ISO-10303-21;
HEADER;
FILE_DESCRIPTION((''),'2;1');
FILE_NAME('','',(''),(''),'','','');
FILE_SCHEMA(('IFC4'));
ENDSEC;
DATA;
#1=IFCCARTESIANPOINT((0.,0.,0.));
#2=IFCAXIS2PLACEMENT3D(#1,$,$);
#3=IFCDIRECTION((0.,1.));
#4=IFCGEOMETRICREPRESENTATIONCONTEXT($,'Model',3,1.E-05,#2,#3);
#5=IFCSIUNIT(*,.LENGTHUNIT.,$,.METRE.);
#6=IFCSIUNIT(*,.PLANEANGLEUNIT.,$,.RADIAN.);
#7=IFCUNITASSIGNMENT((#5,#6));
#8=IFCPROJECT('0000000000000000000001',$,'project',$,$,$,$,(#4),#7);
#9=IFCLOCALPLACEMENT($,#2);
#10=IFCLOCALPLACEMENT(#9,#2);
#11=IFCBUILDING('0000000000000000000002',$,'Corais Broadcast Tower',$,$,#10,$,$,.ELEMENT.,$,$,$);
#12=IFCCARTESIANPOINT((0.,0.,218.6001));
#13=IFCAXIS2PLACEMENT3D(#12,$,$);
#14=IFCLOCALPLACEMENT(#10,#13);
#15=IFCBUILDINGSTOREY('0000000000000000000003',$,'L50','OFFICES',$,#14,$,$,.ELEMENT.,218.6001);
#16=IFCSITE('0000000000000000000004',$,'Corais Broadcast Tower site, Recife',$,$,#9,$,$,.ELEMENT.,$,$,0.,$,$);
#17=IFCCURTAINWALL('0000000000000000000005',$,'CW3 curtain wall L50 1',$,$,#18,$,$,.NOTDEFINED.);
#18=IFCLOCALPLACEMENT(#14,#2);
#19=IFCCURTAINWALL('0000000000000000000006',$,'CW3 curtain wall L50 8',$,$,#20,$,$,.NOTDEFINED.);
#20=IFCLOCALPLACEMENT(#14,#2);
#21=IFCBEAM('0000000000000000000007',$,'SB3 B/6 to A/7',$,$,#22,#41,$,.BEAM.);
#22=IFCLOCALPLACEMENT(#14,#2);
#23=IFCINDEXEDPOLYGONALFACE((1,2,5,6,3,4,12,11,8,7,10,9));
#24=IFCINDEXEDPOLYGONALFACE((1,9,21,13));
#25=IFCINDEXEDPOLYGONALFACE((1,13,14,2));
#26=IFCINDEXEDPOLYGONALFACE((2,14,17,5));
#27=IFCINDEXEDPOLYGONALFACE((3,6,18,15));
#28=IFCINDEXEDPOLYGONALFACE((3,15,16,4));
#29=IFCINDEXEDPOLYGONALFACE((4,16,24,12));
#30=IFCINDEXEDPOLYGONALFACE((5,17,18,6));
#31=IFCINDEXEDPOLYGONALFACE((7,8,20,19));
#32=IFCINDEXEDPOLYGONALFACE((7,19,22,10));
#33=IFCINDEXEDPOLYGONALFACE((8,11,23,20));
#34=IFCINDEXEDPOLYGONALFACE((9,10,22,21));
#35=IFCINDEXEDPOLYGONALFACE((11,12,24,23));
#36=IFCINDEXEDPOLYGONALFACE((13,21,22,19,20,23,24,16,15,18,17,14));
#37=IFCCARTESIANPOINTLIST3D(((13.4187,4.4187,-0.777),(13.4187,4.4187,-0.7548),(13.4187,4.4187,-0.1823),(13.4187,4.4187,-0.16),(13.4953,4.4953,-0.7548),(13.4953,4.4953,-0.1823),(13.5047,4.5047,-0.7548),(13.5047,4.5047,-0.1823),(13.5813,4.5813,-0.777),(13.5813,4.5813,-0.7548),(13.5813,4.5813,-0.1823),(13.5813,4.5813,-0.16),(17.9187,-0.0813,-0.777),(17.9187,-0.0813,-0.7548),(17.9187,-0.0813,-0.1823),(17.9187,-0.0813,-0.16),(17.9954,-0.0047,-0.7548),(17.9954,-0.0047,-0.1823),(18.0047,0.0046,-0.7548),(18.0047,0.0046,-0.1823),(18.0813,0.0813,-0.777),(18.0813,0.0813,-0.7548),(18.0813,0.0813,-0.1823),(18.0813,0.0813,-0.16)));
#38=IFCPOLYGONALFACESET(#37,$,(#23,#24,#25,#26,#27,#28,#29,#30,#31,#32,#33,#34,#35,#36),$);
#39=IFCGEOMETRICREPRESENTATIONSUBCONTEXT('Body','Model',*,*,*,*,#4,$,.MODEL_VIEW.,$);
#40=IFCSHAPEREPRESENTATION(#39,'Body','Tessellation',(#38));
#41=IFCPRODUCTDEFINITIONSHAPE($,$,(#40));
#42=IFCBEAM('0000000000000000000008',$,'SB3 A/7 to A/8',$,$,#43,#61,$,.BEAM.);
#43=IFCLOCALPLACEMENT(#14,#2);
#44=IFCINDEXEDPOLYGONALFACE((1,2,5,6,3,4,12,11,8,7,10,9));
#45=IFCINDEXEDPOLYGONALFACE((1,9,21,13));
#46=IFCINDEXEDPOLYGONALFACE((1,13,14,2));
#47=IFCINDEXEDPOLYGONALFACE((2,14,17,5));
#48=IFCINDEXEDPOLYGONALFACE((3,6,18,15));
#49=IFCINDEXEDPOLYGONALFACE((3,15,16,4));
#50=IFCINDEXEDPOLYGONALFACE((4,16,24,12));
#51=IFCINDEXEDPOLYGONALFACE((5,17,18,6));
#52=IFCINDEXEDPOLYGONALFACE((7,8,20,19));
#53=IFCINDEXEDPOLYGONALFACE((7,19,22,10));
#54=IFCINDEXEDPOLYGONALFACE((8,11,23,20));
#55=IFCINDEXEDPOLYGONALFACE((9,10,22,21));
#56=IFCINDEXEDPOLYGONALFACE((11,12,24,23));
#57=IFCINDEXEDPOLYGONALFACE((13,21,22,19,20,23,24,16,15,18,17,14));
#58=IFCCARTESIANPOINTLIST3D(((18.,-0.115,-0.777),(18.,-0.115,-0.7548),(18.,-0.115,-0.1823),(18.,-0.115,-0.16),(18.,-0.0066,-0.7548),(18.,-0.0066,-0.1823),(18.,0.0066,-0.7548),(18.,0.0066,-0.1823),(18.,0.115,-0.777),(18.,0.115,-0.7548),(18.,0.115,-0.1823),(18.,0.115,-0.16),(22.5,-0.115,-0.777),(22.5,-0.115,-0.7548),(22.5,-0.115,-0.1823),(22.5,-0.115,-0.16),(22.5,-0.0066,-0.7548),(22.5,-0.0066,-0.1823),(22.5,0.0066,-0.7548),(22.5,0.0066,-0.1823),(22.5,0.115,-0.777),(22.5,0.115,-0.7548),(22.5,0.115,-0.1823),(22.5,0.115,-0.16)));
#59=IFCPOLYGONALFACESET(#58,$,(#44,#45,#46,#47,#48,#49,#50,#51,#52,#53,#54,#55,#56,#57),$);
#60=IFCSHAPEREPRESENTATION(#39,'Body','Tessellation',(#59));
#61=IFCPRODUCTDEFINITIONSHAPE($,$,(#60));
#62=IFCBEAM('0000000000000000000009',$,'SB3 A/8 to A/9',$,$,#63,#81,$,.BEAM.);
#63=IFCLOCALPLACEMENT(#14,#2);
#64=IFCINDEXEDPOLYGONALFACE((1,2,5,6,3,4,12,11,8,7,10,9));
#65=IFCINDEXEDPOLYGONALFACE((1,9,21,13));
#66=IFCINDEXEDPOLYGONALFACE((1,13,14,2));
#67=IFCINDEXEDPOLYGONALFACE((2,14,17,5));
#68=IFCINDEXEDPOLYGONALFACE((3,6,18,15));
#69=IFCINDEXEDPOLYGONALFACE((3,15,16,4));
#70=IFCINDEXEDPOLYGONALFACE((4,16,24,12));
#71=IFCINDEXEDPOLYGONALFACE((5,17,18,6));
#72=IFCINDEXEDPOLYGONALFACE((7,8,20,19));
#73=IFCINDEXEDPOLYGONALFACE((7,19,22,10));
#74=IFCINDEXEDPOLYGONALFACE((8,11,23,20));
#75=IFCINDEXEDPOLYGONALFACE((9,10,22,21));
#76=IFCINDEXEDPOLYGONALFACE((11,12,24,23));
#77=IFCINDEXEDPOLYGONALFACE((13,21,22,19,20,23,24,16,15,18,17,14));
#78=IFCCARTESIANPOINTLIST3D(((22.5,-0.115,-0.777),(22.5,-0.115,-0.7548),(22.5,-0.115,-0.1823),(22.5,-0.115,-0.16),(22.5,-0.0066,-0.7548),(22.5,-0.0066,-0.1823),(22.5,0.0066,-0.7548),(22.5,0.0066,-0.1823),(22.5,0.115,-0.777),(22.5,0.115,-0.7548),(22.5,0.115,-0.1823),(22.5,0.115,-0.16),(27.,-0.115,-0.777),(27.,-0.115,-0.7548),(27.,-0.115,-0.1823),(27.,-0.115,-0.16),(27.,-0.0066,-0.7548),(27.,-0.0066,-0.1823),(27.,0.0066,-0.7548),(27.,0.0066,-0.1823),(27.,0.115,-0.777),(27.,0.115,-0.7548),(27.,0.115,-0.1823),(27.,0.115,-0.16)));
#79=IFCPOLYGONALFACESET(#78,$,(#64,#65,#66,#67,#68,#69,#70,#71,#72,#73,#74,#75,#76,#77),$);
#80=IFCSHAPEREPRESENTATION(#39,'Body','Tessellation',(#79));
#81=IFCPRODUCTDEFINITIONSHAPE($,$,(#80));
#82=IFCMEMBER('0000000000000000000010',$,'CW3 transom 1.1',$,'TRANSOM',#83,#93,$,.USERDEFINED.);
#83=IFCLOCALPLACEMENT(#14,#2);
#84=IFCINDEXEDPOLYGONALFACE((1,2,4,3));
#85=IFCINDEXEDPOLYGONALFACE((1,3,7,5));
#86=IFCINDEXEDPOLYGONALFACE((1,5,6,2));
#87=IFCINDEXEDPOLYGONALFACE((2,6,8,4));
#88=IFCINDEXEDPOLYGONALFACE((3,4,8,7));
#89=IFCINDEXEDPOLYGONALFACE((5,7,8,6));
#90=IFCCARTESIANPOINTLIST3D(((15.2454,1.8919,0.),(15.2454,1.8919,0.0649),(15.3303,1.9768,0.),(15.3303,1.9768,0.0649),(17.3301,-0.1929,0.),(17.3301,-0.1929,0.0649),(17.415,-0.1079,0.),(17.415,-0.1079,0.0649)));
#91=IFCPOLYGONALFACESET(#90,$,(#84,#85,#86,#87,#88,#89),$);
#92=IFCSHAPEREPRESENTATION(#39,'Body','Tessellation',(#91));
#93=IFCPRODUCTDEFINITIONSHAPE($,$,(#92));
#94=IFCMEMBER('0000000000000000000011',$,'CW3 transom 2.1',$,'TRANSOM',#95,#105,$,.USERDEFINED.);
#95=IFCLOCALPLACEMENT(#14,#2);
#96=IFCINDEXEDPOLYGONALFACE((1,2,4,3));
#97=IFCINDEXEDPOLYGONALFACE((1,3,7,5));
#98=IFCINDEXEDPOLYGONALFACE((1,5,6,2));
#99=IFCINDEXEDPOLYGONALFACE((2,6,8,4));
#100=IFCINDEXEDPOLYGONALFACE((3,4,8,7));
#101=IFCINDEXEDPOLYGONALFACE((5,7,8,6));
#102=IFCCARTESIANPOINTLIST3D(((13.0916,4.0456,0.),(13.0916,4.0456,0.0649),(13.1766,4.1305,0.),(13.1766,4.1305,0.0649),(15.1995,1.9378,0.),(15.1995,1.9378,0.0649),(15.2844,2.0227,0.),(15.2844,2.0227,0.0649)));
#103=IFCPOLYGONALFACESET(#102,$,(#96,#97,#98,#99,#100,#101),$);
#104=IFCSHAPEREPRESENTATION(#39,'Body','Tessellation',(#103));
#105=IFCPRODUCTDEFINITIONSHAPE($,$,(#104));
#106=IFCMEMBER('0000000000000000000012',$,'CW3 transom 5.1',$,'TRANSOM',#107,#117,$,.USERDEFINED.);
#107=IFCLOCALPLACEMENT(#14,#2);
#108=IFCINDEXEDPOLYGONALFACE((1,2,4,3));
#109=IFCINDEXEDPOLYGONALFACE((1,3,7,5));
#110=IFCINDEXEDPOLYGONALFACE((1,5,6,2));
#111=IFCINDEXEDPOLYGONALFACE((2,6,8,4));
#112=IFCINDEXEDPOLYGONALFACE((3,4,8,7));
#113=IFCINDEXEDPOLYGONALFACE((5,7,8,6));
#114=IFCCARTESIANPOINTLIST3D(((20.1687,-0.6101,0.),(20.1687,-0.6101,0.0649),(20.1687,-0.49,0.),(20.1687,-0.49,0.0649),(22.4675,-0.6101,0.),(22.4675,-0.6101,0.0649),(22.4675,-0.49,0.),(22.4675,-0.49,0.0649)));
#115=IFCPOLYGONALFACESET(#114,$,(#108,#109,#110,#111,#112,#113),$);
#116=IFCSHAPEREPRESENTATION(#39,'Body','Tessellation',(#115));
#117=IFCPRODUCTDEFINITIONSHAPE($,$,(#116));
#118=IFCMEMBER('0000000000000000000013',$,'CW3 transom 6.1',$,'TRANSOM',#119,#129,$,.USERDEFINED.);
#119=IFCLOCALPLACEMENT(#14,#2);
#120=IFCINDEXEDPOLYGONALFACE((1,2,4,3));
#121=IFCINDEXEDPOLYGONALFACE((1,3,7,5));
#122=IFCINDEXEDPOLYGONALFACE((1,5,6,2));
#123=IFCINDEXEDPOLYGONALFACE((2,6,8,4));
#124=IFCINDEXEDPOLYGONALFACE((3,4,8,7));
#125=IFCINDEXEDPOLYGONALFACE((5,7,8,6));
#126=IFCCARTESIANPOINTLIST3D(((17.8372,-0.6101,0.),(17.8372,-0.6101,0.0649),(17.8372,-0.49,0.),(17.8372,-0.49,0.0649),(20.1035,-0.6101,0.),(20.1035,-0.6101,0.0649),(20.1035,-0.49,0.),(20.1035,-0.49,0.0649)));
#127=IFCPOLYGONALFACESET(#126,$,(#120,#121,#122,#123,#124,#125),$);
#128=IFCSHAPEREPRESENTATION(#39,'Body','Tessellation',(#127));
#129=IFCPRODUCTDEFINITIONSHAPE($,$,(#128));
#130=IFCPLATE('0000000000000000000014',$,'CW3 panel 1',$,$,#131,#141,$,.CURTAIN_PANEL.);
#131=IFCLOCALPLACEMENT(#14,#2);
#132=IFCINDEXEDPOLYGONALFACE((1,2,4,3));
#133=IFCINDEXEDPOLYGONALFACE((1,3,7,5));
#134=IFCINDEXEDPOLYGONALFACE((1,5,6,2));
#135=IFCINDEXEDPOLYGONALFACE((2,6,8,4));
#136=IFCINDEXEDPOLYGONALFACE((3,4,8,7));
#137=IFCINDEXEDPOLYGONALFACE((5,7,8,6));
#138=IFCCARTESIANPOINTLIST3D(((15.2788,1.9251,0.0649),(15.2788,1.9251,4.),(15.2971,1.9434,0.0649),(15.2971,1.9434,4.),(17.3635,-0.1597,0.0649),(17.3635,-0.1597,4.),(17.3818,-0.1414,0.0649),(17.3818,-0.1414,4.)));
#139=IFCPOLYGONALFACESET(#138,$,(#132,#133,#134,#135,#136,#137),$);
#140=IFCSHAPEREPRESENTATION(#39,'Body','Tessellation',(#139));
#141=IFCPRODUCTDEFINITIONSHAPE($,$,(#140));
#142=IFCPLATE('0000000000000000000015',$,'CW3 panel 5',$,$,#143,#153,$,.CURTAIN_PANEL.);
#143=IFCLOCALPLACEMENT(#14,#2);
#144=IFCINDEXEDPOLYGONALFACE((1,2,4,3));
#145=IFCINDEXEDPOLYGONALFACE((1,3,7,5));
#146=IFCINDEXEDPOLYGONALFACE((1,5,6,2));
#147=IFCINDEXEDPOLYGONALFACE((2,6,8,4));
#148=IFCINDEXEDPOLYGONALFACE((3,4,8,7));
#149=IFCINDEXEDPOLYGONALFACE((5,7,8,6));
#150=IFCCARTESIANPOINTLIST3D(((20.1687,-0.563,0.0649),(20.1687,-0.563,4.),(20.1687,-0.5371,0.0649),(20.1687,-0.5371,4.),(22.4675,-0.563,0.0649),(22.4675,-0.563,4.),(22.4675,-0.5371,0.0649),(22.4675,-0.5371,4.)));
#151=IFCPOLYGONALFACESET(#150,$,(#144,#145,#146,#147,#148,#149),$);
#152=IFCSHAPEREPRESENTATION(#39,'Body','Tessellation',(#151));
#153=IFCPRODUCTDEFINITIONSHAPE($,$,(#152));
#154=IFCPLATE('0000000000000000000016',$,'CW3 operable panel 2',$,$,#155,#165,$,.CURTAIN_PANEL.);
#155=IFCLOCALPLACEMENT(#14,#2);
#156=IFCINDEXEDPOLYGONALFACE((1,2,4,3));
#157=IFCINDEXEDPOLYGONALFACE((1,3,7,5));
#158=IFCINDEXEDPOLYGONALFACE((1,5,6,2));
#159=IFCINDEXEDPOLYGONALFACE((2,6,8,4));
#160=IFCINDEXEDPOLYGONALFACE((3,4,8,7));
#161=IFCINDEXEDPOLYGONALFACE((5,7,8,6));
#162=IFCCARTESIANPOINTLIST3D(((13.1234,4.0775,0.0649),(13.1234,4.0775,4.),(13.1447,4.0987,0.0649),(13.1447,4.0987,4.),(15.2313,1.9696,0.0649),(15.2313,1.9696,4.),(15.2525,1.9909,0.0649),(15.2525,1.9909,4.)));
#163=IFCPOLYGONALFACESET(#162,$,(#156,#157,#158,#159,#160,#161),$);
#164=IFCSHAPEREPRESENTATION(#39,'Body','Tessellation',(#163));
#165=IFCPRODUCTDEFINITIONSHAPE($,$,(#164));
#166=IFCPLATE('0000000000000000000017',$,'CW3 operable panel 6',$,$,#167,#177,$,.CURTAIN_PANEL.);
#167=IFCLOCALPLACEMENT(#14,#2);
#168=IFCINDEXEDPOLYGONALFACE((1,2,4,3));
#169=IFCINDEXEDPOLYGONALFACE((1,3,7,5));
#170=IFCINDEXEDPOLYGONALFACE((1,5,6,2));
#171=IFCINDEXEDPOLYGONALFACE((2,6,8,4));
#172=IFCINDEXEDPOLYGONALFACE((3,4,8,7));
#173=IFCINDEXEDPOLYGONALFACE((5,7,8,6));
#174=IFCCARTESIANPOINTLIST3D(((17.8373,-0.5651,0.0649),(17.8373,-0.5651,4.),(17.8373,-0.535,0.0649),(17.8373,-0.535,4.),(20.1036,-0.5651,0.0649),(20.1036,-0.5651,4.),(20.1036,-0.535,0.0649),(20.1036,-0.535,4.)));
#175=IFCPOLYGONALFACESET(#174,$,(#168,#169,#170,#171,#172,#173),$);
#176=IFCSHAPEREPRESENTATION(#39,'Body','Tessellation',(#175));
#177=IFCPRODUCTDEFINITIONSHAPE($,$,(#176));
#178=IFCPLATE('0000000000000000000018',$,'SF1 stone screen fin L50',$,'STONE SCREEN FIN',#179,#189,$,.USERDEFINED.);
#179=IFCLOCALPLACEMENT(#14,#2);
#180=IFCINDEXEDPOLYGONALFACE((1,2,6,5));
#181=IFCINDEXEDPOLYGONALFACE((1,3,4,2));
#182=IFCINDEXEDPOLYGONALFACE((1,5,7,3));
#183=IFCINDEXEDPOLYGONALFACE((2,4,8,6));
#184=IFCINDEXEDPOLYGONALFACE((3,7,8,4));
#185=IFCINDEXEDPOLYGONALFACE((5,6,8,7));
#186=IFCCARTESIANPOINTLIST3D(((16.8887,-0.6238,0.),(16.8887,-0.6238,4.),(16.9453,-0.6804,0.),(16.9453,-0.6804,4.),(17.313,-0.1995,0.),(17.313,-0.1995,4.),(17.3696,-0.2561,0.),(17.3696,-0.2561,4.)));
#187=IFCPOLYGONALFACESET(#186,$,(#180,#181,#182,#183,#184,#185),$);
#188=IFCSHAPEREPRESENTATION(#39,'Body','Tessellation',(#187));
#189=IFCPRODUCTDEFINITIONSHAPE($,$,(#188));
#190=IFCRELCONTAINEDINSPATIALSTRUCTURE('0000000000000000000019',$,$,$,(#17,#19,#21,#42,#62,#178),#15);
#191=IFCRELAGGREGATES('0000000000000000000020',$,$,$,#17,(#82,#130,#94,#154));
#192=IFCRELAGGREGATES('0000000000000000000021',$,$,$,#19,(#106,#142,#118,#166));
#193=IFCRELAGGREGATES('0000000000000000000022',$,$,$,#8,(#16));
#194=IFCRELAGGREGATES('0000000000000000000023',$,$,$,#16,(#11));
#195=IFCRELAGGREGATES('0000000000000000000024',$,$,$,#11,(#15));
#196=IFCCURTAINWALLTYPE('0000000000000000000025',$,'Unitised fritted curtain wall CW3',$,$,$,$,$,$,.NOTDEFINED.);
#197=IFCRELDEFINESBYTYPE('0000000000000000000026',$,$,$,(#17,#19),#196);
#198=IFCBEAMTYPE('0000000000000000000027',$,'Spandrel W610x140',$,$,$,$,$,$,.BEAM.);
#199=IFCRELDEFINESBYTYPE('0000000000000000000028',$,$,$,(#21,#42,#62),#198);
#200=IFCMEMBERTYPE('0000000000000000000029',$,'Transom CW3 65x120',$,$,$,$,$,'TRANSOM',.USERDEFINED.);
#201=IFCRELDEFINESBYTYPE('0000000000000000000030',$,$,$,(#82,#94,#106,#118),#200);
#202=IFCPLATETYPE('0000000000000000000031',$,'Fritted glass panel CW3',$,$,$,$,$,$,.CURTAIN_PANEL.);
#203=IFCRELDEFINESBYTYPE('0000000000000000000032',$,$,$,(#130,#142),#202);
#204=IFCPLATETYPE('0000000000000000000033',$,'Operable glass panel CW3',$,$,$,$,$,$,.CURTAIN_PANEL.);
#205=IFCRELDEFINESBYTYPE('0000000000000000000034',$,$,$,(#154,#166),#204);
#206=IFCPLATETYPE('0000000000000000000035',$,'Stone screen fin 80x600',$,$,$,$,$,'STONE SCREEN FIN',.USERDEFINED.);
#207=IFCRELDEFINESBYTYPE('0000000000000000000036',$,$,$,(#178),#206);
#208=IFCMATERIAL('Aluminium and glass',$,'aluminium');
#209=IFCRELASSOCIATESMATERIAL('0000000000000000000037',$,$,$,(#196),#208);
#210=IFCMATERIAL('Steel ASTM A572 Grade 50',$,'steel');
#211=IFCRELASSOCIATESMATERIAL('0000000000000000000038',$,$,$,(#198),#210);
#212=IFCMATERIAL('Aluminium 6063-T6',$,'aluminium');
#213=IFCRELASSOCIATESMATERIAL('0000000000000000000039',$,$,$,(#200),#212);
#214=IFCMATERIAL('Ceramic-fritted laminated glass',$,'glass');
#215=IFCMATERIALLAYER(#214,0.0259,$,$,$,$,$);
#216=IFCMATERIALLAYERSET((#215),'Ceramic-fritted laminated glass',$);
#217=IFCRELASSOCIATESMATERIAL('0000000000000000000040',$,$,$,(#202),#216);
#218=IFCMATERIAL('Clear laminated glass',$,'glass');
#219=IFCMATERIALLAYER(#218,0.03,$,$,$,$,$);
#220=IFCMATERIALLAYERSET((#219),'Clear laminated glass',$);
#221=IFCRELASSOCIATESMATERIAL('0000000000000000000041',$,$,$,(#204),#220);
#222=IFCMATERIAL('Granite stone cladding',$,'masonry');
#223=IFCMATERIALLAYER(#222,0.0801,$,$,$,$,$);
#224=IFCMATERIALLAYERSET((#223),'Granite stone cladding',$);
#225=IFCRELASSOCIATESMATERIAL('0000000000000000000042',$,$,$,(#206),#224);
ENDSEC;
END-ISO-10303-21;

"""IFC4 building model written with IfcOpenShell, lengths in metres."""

from ifc_helpers import new_model, si_unit, direction, frame, origin, origin_2d, place, context, subcontext, project, spatial, rectangle, i_section, extrude, material, layer, layer_set, material_profile, profile_set, type_object, element, aggregate, save


model = new_model("IFC4")

# Units and contexts
model_context = context("Model", 3, precision=1e-05, world=origin(), true_north=direction((0.0, 1.0)))
body_context = subcontext(model_context, "Body", "Model", "MODEL_VIEW")
ifc_project = project(units=[si_unit("LENGTHUNIT", "METRE"), si_unit("PLANEANGLEUNIT", "RADIAN")], contexts=[model_context])

# Site, building, storey
site_placement = place(None, origin())
site = spatial("IfcSite", under=ifc_project, at=site_placement, Name="Corais Broadcast Tower site, Recife", CompositionType="ELEMENT", RefElevation=0.0)
building_placement = place(site_placement, origin())
building = spatial("IfcBuilding", under=site, at=building_placement, Name="Corais Broadcast Tower", CompositionType="ELEMENT")
storey_placement = place(building_placement, frame((0.0, 0.0, 218.6001)))
storey = spatial("IfcBuildingStorey", under=building, at=storey_placement, Name="L50", Description="OFFICES", CompositionType="ELEMENT", Elevation=218.6001)

# Curtain walls
ifc_material_1 = material(Name="Aluminium and glass", Category="aluminium")
curtain_wall_type = type_object("IfcCurtainWallType", Name="Unitised fritted curtain wall CW3", PredefinedType="NOTDEFINED", material=ifc_material_1)
curtain_wall_1_placement = place(storey_placement, origin())
curtain_wall_1 = element("IfcCurtainWall", 1, at=curtain_wall_1_placement, inside=storey, type_object=curtain_wall_type, Name="CW3 curtain wall L50 1", PredefinedType="NOTDEFINED")
curtain_wall_2_placement = place(storey_placement, origin())
curtain_wall_2 = element("IfcCurtainWall", 2, at=curtain_wall_2_placement, inside=storey, type_object=curtain_wall_type, Name="CW3 curtain wall L50 8", PredefinedType="NOTDEFINED")

# Beams
ifc_material_2 = material(Name="Steel ASTM A572 Grade 50", Category="steel")
ifc_material_profile_1 = material_profile(ifc_material_2, i_section(OverallWidth=0.23, OverallDepth=0.6169, WebThickness=0.0132, FlangeThickness=0.0222, at=origin_2d()), Name="W610x140")
ifc_profile_set_1 = profile_set([ifc_material_profile_1], Name="Steel ASTM A572 Grade 50")
beam_type_1 = type_object("IfcBeamType", Name="Spandrel W610x140", PredefinedType="BEAM", material=ifc_profile_set_1)
beam_1_placement = place(storey_placement, frame((13.5, 4.5, -0.4685), z_axis=(0.707107, -0.707107, 0.0), x_axis=(0.707107, 0.707107, 0.0)))
element("IfcBeam", 3, at=beam_1_placement, inside=storey, type_object=beam_type_1, Name="SB3 B/6 to A/7", PredefinedType="BEAM", context=body_context, shape_type="SweptSolid", body=[
    extrude(i_section(OverallWidth=0.23, OverallDepth=0.6169, WebThickness=0.0132, FlangeThickness=0.0222, at=origin_2d()), origin(), (0.0, 0.0, 1.0), 6.364),
])
for number, where, z_axis, x_axis, name in (
    (4, (18.0, 0.0, -0.4685), (1.0, 0.0, 0.0), (0.0, 1.0, 0.0), "SB3 A/7 to A/8"),
    (5, (22.5, 0.0, -0.4685), (1.0, 0.0, 0.0), (0.0, 1.0, 0.0), "SB3 A/8 to A/9"),
):
    element("IfcBeam", number, at=place(storey_placement, frame(where, z_axis=z_axis, x_axis=x_axis)), inside=storey, type_object=beam_type_1, Name=name, PredefinedType="BEAM", context=body_context, shape_type="SweptSolid", body=[
        extrude(i_section(OverallWidth=0.23, OverallDepth=0.6169, WebThickness=0.0132, FlangeThickness=0.0222, at=origin_2d()), origin(), (0.0, 0.0, 1.0), 4.5),
    ])

# Members
ifc_material_3 = material(Name="Aluminium 6063-T6", Category="aluminium")
ifc_material_profile_2 = material_profile(ifc_material_3, rectangle(XDim=0.1201, YDim=0.0649, at=origin_2d()), Name="Transom CW3 65x120")
ifc_profile_set_2 = profile_set([ifc_material_profile_2], Name="Aluminium 6063-T6")
member_type_1 = type_object("IfcMemberType", Name="Transom CW3 65x120", ElementType="TRANSOM", PredefinedType="USERDEFINED", material=ifc_profile_set_2)
member_1_placement = place(storey_placement, frame((17.3726, -0.1504, 0.0325), z_axis=(-0.707107, 0.707107, 0.0), x_axis=(-0.707107, -0.707107, 0.0)))
member_1 = element("IfcMember", 6, at=member_1_placement, type_object=member_type_1, Name="CW3 transom 1.1", ObjectType="TRANSOM", PredefinedType="USERDEFINED", context=body_context, shape_type="SweptSolid", body=[
    extrude(rectangle(XDim=0.1201, YDim=0.0649, at=origin_2d()), origin(), (0.0, 0.0, 1.0), 2.9482),
])
member_2_placement = place(storey_placement, frame((15.2419, 1.9802, 0.0325), z_axis=(-0.707107, 0.707107, 0.0), x_axis=(-0.707107, -0.707107, 0.0)))
member_2 = element("IfcMember", 7, at=member_2_placement, type_object=member_type_1, Name="CW3 transom 2.1", ObjectType="TRANSOM", PredefinedType="USERDEFINED", context=body_context, shape_type="SweptSolid", body=[
    extrude(rectangle(XDim=0.1201, YDim=0.0649, at=origin_2d()), origin(), (0.0, 0.0, 1.0), 2.981),
])
member_3_placement = place(storey_placement, frame((22.4675, -0.55, 0.0325), z_axis=(-1.0, 0.0, 0.0), x_axis=(0.0, -1.0, 0.0)))
member_3 = element("IfcMember", 8, at=member_3_placement, type_object=member_type_1, Name="CW3 transom 5.1", ObjectType="TRANSOM", PredefinedType="USERDEFINED", context=body_context, shape_type="SweptSolid", body=[
    extrude(rectangle(XDim=0.1201, YDim=0.0649, at=origin_2d()), origin(), (0.0, 0.0, 1.0), 2.2988),
])
member_4_placement = place(storey_placement, frame((20.1035, -0.55, 0.0325), z_axis=(-1.0, 0.0, 0.0), x_axis=(0.0, -1.0, 0.0)))
member_4 = element("IfcMember", 9, at=member_4_placement, type_object=member_type_1, Name="CW3 transom 6.1", ObjectType="TRANSOM", PredefinedType="USERDEFINED", context=body_context, shape_type="SweptSolid", body=[
    extrude(rectangle(XDim=0.1201, YDim=0.0649, at=origin_2d()), origin(), (0.0, 0.0, 1.0), 2.2664),
])

# Plates
ifc_material_4 = material(Name="Ceramic-fritted laminated glass", Category="glass")
ifc_layer_1 = layer(ifc_material_4, 0.0259)
ifc_layer_set_1 = layer_set([ifc_layer_1], Name="Ceramic-fritted laminated glass")
plate_type_1 = type_object("IfcPlateType", Name="Fritted glass panel CW3", PredefinedType="CURTAIN_PANEL", material=ifc_layer_set_1)
plate_1_placement = place(storey_placement, frame((16.3303, 0.8918, 0.0649), z_axis=(0.0, 0.0, 1.0), x_axis=(-0.707107, 0.707107, 0.0)))
plate_1 = element("IfcPlate", 10, at=plate_1_placement, type_object=plate_type_1, Name="CW3 panel 1", PredefinedType="CURTAIN_PANEL", context=body_context, shape_type="SweptSolid", body=[
    extrude(rectangle(XDim=2.9482, YDim=0.0259, at=origin_2d()), origin(), (0.0, 0.0, 1.0), 3.9351),
])
plate_2_placement = place(storey_placement, frame((21.3181, -0.55, 0.0649), z_axis=(0.0, 0.0, 1.0), x_axis=(-1.0, 0.0, 0.0)))
plate_2 = element("IfcPlate", 11, at=plate_2_placement, type_object=plate_type_1, Name="CW3 panel 5", PredefinedType="CURTAIN_PANEL", context=body_context, shape_type="SweptSolid", body=[
    extrude(rectangle(XDim=2.2988, YDim=0.0259, at=origin_2d()), origin(), (0.0, 0.0, 1.0), 3.9351),
])
ifc_material_5 = material(Name="Clear laminated glass", Category="glass")
ifc_layer_2 = layer(ifc_material_5, 0.03)
ifc_layer_set_2 = layer_set([ifc_layer_2], Name="Clear laminated glass")
plate_type_2 = type_object("IfcPlateType", Name="Operable glass panel CW3", PredefinedType="CURTAIN_PANEL", material=ifc_layer_set_2)
plate_3_placement = place(storey_placement, frame((14.188, 3.0342, 0.0649), z_axis=(0.0, 0.0, 1.0), x_axis=(-0.707107, 0.707107, 0.0)))
plate_3 = element("IfcPlate", 12, at=plate_3_placement, type_object=plate_type_2, Name="CW3 operable panel 2", PredefinedType="CURTAIN_PANEL", context=body_context, shape_type="SweptSolid", body=[
    extrude(rectangle(XDim=2.981, YDim=0.03, at=origin_2d()), origin(), (0.0, 0.0, 1.0), 3.9351),
])
aggregate(curtain_wall_1, [member_1, plate_1, member_2, plate_3])
plate_4_placement = place(storey_placement, frame((18.9705, -0.55, 0.0649), z_axis=(0.0, 0.0, 1.0), x_axis=(-1.0, 0.0, 0.0)))
plate_4 = element("IfcPlate", 13, at=plate_4_placement, type_object=plate_type_2, Name="CW3 operable panel 6", PredefinedType="CURTAIN_PANEL", context=body_context, shape_type="SweptSolid", body=[
    extrude(rectangle(XDim=2.2664, YDim=0.03, at=origin_2d()), origin(), (0.0, 0.0, 1.0), 3.9351),
])
aggregate(curtain_wall_2, [member_3, plate_2, member_4, plate_4])
ifc_material_6 = material(Name="Granite stone cladding", Category="masonry")
ifc_layer_3 = layer(ifc_material_6, 0.0801)
ifc_layer_set_3 = layer_set([ifc_layer_3], Name="Granite stone cladding")
plate_type_3 = type_object("IfcPlateType", Name="Stone screen fin 80x600", ElementType="STONE SCREEN FIN", PredefinedType="USERDEFINED", material=ifc_layer_set_3)
plate_5_placement = place(storey_placement, frame((17.1292, -0.4399, 0.0), z_axis=(0.0, 0.0, 1.0), x_axis=(-0.707107, 0.707107, 0.0)))
element("IfcPlate", 14, at=plate_5_placement, inside=storey, type_object=plate_type_3, Name="SF1 stone screen fin L50", ObjectType="STONE SCREEN FIN", PredefinedType="USERDEFINED", context=body_context, shape_type="SweptSolid", body=[
    extrude(rectangle(XDim=0.0801, YDim=0.6001, at=origin_2d()), origin(), (0.0, 0.0, 1.0), 4.0),
])

save(model, "model.ifc")
